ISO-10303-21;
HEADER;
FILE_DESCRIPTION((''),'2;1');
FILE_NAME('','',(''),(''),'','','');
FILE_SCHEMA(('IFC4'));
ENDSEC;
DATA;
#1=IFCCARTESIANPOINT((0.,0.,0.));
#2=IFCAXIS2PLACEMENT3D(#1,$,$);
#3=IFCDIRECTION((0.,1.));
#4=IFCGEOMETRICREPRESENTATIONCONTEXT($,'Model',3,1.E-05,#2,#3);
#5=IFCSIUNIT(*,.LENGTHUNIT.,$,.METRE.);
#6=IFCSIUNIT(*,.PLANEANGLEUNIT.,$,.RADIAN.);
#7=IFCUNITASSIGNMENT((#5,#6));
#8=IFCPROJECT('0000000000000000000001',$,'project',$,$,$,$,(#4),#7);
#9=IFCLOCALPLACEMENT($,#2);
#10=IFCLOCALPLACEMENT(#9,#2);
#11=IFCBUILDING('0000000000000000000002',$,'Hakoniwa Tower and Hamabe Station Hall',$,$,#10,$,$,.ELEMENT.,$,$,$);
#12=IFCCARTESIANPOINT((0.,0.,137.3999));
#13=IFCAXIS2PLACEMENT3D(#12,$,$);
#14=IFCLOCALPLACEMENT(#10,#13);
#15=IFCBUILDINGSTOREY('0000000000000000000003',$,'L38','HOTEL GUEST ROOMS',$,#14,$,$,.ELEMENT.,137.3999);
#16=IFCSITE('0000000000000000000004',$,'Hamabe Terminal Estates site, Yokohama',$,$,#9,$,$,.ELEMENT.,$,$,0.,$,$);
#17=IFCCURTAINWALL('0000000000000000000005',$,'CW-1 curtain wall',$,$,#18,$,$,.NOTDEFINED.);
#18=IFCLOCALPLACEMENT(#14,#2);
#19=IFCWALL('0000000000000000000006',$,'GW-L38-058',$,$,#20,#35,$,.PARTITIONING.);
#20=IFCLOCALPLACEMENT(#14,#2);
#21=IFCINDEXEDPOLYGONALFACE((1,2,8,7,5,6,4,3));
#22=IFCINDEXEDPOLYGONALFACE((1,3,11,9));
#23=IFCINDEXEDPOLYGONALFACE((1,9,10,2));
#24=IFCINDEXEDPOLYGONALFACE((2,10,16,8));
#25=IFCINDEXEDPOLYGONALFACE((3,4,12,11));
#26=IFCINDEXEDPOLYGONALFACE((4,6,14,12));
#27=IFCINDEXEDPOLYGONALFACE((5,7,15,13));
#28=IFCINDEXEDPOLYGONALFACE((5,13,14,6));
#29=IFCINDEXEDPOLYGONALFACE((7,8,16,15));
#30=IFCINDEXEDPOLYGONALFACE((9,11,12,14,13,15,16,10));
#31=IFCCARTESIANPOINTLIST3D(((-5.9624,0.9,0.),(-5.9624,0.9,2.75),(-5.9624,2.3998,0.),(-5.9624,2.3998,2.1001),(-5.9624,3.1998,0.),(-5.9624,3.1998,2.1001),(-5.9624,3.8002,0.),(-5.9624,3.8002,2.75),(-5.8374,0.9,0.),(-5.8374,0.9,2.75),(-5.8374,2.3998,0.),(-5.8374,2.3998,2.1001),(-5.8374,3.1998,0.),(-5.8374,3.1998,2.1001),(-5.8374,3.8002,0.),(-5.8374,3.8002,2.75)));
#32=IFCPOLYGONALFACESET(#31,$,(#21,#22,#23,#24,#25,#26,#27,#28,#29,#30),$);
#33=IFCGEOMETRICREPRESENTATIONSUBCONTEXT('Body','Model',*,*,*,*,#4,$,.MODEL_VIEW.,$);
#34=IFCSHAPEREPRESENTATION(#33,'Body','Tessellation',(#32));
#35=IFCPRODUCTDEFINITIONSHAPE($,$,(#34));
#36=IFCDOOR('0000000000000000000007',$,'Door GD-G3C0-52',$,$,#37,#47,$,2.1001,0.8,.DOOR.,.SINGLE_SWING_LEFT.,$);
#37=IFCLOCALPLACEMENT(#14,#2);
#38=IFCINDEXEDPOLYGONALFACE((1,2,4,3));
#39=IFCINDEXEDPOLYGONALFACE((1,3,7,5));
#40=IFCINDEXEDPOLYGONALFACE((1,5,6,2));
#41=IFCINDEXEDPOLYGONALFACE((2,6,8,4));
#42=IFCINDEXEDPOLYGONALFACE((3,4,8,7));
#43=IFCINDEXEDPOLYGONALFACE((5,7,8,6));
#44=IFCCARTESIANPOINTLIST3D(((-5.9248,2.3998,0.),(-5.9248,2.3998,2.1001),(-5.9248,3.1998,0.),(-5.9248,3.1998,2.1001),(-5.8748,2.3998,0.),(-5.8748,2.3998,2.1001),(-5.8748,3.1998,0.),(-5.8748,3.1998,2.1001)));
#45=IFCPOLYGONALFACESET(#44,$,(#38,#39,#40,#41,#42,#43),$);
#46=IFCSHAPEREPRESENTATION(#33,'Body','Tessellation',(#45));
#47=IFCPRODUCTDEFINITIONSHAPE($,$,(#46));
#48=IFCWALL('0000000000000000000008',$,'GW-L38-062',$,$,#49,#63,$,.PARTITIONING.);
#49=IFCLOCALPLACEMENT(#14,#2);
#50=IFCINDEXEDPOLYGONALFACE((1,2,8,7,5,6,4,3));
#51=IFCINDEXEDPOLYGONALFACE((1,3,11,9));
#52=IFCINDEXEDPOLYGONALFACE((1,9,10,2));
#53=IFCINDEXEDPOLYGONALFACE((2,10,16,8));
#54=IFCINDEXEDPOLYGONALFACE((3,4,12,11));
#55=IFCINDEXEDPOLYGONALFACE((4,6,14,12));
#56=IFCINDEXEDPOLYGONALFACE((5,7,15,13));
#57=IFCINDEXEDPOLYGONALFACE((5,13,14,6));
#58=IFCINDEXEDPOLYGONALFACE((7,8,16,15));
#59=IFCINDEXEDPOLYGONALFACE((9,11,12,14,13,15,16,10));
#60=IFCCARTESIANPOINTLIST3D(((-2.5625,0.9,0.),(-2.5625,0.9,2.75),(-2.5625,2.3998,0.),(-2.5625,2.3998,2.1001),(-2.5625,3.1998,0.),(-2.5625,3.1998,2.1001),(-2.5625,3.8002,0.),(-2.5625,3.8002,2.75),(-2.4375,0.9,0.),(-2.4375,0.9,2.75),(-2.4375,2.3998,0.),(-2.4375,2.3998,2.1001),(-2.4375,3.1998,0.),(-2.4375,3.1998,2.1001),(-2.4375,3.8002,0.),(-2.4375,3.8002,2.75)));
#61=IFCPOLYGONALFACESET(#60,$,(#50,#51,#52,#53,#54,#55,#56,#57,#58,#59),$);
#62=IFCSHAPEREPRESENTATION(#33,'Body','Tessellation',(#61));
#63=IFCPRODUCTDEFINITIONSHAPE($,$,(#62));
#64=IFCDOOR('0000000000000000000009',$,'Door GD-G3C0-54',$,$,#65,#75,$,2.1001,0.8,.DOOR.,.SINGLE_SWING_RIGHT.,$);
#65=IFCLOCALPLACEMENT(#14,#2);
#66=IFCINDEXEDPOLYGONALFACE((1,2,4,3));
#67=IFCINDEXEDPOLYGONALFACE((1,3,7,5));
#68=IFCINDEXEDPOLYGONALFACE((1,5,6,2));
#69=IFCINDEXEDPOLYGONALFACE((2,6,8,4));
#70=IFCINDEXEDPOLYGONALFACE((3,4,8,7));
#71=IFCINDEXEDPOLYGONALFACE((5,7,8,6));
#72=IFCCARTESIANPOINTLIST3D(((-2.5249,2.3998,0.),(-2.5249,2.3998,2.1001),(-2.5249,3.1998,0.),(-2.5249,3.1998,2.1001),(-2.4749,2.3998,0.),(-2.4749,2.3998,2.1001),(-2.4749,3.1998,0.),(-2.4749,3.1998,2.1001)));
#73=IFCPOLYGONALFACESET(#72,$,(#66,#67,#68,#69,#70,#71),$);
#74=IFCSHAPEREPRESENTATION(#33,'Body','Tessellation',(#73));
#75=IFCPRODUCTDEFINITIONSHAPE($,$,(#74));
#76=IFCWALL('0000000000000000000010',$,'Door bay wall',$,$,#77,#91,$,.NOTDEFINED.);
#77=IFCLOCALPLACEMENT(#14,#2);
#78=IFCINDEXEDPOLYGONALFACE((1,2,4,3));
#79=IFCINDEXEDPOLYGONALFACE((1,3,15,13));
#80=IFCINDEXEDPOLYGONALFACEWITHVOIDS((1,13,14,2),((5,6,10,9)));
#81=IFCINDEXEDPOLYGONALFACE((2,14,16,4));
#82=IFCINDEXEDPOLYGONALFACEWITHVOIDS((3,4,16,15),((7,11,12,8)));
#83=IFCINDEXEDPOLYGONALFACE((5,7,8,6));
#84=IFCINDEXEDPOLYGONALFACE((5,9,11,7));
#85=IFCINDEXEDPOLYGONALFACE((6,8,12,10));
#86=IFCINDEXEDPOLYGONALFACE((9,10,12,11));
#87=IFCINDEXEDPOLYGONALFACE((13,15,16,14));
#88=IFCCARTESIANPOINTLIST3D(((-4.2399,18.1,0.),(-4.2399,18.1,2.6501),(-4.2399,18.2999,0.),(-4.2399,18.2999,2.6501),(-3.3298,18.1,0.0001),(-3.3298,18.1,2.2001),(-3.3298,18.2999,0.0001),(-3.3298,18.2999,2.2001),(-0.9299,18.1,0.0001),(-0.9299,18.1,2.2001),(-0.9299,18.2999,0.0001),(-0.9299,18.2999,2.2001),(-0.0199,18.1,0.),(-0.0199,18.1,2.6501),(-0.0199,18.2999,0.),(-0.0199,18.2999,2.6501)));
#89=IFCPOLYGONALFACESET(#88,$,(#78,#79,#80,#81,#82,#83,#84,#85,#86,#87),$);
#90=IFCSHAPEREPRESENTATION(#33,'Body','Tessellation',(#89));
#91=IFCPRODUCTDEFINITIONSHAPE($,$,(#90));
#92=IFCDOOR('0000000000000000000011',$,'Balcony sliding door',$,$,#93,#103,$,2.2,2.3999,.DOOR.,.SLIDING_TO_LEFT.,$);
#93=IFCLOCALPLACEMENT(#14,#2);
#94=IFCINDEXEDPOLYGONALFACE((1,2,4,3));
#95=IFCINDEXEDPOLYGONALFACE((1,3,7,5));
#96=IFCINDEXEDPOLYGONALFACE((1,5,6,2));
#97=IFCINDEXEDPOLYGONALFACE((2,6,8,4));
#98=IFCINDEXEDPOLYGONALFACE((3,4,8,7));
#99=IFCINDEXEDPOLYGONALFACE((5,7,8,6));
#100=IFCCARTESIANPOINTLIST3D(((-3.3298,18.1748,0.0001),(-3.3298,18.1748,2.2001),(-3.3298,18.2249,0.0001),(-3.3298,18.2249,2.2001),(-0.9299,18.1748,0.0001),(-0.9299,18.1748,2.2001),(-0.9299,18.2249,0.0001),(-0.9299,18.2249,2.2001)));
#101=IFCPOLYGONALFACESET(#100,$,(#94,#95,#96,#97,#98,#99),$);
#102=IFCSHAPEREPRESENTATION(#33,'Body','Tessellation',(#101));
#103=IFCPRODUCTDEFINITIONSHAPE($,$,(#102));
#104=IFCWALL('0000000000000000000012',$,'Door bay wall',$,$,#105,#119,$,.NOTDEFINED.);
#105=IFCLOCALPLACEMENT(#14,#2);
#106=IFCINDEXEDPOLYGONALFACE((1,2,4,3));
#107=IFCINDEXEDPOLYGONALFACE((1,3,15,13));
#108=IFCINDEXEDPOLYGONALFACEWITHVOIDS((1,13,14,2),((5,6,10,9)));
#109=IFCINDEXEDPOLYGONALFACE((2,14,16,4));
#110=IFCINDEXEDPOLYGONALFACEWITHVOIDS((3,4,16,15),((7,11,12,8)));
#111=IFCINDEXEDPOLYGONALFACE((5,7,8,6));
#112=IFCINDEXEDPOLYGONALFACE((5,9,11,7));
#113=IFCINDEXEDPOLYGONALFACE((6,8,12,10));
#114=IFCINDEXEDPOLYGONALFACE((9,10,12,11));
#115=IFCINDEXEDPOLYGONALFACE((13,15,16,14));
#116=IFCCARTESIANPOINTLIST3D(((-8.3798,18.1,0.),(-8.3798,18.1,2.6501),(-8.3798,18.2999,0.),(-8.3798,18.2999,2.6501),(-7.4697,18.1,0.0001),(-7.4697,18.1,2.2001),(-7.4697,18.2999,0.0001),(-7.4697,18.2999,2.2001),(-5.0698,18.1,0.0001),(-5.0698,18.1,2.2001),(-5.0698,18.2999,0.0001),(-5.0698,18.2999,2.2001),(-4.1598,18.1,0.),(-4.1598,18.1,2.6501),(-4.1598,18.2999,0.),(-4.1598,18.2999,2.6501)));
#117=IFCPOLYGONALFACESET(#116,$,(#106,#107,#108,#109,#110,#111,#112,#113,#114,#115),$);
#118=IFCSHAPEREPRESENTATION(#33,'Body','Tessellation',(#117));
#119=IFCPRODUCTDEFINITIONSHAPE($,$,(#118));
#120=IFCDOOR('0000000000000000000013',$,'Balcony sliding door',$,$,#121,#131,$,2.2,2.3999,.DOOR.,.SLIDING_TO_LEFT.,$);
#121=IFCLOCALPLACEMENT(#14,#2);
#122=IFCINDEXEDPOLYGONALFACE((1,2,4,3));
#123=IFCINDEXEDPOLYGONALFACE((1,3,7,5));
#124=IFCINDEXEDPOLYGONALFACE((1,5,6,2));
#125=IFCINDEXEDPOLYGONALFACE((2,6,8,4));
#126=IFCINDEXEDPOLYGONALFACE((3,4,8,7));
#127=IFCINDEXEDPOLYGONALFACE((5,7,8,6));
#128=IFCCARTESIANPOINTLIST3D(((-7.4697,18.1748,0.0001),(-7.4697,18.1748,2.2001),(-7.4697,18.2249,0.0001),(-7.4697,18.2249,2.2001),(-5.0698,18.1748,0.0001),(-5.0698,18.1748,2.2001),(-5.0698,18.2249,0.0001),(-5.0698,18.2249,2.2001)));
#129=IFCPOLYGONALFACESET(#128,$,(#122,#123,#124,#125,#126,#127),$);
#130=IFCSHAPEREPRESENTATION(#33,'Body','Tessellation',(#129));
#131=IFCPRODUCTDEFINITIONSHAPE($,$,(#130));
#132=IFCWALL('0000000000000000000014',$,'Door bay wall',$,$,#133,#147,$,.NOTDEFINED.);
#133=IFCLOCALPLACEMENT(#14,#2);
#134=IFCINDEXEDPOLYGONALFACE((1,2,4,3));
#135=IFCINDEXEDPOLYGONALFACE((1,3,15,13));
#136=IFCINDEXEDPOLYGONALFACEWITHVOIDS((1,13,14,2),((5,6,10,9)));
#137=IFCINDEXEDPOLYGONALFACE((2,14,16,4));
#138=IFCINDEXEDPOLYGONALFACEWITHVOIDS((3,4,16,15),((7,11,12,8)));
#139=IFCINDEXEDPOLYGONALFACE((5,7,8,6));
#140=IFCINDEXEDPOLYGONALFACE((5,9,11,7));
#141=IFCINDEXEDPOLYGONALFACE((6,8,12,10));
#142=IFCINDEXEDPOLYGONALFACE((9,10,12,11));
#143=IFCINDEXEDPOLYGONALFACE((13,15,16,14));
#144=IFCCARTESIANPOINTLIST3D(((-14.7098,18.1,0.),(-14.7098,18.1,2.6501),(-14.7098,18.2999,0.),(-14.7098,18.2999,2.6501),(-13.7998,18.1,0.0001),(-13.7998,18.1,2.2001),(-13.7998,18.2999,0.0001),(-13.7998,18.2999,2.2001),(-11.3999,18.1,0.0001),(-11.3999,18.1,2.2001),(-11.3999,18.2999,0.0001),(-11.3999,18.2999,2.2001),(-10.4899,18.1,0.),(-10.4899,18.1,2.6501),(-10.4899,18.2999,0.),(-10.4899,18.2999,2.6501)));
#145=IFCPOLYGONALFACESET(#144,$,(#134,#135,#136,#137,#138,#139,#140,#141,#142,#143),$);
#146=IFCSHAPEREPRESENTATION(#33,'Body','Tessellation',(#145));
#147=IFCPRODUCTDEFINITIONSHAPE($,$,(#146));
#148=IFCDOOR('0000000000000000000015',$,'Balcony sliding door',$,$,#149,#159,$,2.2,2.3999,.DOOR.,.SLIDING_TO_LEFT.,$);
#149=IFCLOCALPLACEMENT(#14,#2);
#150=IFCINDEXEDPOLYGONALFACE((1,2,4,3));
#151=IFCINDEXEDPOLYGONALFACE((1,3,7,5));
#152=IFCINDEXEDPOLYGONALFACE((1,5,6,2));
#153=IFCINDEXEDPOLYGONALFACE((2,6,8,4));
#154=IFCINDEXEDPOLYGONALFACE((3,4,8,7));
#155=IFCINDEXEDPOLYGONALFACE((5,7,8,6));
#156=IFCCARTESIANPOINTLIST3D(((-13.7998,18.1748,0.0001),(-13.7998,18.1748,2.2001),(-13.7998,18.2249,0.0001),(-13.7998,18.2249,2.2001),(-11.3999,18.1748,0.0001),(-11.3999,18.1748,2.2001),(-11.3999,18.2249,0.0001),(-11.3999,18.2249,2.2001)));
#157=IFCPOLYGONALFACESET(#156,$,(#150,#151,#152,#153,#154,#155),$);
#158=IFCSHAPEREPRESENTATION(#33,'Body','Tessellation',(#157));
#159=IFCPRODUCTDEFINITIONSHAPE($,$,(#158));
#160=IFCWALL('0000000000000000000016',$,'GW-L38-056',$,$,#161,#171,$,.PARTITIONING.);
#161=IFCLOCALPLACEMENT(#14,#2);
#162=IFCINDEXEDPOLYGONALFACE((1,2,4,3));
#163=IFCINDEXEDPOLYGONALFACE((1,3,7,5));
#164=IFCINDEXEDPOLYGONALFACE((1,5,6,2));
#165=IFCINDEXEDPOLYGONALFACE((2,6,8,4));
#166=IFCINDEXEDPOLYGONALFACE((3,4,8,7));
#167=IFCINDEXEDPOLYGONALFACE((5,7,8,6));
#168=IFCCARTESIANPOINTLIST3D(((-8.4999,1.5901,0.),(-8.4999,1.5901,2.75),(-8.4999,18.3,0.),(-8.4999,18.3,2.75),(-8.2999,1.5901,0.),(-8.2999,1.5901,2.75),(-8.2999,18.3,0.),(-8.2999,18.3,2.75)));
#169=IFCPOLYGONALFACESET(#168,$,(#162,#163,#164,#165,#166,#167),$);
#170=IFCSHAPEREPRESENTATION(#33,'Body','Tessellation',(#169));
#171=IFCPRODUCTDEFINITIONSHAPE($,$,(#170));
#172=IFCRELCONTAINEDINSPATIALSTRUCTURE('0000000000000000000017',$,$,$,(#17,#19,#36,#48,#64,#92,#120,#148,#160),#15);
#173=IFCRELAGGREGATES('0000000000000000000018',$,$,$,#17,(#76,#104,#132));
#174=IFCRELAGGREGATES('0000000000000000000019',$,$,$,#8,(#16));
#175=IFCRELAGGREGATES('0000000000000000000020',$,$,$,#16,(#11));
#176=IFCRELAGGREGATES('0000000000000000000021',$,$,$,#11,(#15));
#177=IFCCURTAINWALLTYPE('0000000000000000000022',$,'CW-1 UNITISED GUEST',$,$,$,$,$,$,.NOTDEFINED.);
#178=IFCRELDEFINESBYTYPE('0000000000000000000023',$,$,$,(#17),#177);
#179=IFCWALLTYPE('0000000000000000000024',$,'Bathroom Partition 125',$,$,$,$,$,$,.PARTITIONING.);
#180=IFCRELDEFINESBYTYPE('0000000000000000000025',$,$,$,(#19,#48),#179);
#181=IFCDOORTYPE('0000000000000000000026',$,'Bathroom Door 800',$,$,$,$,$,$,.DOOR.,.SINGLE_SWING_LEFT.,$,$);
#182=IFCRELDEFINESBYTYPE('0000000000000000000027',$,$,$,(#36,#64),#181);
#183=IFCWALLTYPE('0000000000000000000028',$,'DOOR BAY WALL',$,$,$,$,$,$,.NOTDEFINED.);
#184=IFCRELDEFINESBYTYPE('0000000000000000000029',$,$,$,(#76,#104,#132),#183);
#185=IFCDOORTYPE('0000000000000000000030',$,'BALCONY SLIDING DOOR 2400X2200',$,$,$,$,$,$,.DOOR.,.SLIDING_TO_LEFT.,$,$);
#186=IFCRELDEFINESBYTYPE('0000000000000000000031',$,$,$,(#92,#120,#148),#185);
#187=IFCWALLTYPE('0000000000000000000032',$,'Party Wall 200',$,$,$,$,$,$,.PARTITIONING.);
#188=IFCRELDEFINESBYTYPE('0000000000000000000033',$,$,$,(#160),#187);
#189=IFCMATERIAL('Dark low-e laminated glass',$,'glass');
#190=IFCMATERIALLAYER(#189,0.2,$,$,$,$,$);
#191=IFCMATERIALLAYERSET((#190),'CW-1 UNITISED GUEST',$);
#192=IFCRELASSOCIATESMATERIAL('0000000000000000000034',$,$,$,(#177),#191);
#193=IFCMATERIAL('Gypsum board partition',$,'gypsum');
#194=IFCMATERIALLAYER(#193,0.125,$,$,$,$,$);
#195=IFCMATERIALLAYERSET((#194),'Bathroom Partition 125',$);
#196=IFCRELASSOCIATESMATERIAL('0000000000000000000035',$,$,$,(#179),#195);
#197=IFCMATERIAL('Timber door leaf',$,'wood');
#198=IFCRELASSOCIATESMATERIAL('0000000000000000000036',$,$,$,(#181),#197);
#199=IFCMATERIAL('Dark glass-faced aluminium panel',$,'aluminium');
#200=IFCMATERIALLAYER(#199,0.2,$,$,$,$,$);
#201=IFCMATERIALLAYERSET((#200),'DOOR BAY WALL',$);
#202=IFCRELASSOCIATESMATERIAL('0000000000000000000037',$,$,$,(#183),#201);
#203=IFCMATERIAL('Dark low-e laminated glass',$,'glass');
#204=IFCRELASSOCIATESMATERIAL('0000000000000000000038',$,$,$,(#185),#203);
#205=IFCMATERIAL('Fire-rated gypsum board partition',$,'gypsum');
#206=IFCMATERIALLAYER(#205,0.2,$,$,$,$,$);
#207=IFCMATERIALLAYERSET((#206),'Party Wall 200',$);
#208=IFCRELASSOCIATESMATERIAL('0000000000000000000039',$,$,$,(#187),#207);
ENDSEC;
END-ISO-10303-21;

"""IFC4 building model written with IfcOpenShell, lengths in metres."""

from ifc_helpers import new_model, si_unit, direction, frame, frame_2d, origin, place, context, subcontext, project, spatial, rectangle, extrude, material, layer, layer_set, type_object, element, fill, aggregate, save


model = new_model("IFC4")

# Units and contexts
model_context = context("Model", 3, precision=1e-05, world=origin(), true_north=direction((0.0, 1.0)))
body_context = subcontext(model_context, "Body", "Model", "MODEL_VIEW")
ifc_project = project(units=[si_unit("LENGTHUNIT", "METRE"), si_unit("PLANEANGLEUNIT", "RADIAN")], contexts=[model_context])

# Site, building, storey
site_placement = place(None, origin())
site = spatial("IfcSite", under=ifc_project, at=site_placement, Name="Hamabe Terminal Estates site, Yokohama", CompositionType="ELEMENT", RefElevation=0.0)
building_placement = place(site_placement, origin())
building = spatial("IfcBuilding", under=site, at=building_placement, Name="Hakoniwa Tower and Hamabe Station Hall", CompositionType="ELEMENT")
storey_placement = place(building_placement, frame((0.0, 0.0, 137.3999)))
storey = spatial("IfcBuildingStorey", under=building, at=storey_placement, Name="L38", Description="HOTEL GUEST ROOMS", CompositionType="ELEMENT", Elevation=137.3999)

# Curtain wall
ifc_material_1 = material(Name="Dark low-e laminated glass", Category="glass")
ifc_layer_1 = layer(ifc_material_1, 0.2)
ifc_layer_set_1 = layer_set([ifc_layer_1], Name="CW-1 UNITISED GUEST")
curtain_wall_type = type_object("IfcCurtainWallType", Name="CW-1 UNITISED GUEST", PredefinedType="NOTDEFINED", material=ifc_layer_set_1)
curtain_wall_1_placement = place(storey_placement, origin())
curtain_wall_1 = element("IfcCurtainWall", 1, at=curtain_wall_1_placement, inside=storey, type_object=curtain_wall_type, Name="CW-1 curtain wall", PredefinedType="NOTDEFINED")

# Shared definitions
ifc_material_2 = material(Name="Gypsum board partition", Category="gypsum")
ifc_layer_2 = layer(ifc_material_2, 0.125)
ifc_layer_set_2 = layer_set([ifc_layer_2], Name="Bathroom Partition 125")
wall_type_1 = type_object("IfcWallType", Name="Bathroom Partition 125", PredefinedType="PARTITIONING", material=ifc_layer_set_2)

# Walls, openings, doors
wall_1_placement = place(storey_placement, frame((-5.8999, 0.8999, 0.0), z_axis=(0.0, 0.0, 1.0), x_axis=(0.0, 1.0, 0.0)))
wall_1 = element("IfcWall", 2, at=wall_1_placement, inside=storey, type_object=wall_type_1, Name="GW-L38-058", PredefinedType="PARTITIONING", context=body_context, shape_type="SweptSolid", body=[
    extrude(rectangle(XDim=2.9001, YDim=0.125, at=frame_2d((1.4502, 0.0))), origin(), (0.0, 0.0, 1.0), 2.75),
])
opening_1_placement = place(wall_1_placement, frame((1.5, 0.0, 0.0)))
opening_1 = element("IfcOpeningElement", 3, at=opening_1_placement, cuts=wall_1, PredefinedType="OPENING", context=body_context, shape_type="SweptSolid", body=[
    extrude(rectangle(XDim=0.8, YDim=2.1001, at=frame_2d((0.3999, 1.05))), frame((0.0, 0.0725, 0.0), z_axis=(0.0, -1.0, 0.0), x_axis=(1.0, 0.0, 0.0)), (0.0, 0.0, 1.0), 0.145),
])
ifc_material_3 = material(Name="Timber door leaf", Category="wood")
door_type_1 = type_object("IfcDoorType", Name="Bathroom Door 800", OperationType="SINGLE_SWING_LEFT", PredefinedType="DOOR", material=ifc_material_3)
door_1_placement = place(opening_1_placement, origin())
door_1 = element("IfcDoor", 4, at=door_1_placement, inside=storey, type_object=door_type_1, Name="Door GD-G3C0-52", OperationType="SINGLE_SWING_LEFT", OverallHeight=2.1001, OverallWidth=0.8, PredefinedType="DOOR", context=body_context, shape_type="SweptSolid", body=[
    extrude(rectangle(XDim=0.8, YDim=2.1001, at=frame_2d((0.3999, 1.05))), frame((0.0, 0.0249, 0.0), z_axis=(0.0, -1.0, 0.0), x_axis=(1.0, 0.0, 0.0)), (0.0, 0.0, 1.0), 0.05),
])
fill(opening_1, door_1)
wall_2_placement = place(storey_placement, frame((-2.5, 0.8999, 0.0), z_axis=(0.0, 0.0, 1.0), x_axis=(0.0, 1.0, 0.0)))
wall_2 = element("IfcWall", 5, at=wall_2_placement, inside=storey, type_object=wall_type_1, Name="GW-L38-062", PredefinedType="PARTITIONING", context=body_context, shape_type="SweptSolid", body=[
    extrude(rectangle(XDim=2.9001, YDim=0.125, at=frame_2d((1.4502, 0.0))), origin(), (0.0, 0.0, 1.0), 2.75),
])
opening_2_placement = place(wall_2_placement, frame((1.5, 0.0, 0.0)))
opening_2 = element("IfcOpeningElement", 6, at=opening_2_placement, cuts=wall_2, PredefinedType="OPENING", context=body_context, shape_type="SweptSolid", body=[
    extrude(rectangle(XDim=0.8, YDim=2.1001, at=frame_2d((0.3999, 1.05))), frame((0.0, 0.0725, 0.0), z_axis=(0.0, -1.0, 0.0), x_axis=(1.0, 0.0, 0.0)), (0.0, 0.0, 1.0), 0.145),
])
door_2_placement = place(opening_2_placement, origin())
door_2 = element("IfcDoor", 7, at=door_2_placement, inside=storey, type_object=door_type_1, Name="Door GD-G3C0-54", OperationType="SINGLE_SWING_RIGHT", OverallHeight=2.1001, OverallWidth=0.8, PredefinedType="DOOR", context=body_context, shape_type="SweptSolid", body=[
    extrude(rectangle(XDim=0.8, YDim=2.1001, at=frame_2d((0.3999, 1.05))), frame((0.0, 0.0249, 0.0), z_axis=(0.0, -1.0, 0.0), x_axis=(1.0, 0.0, 0.0)), (0.0, 0.0, 1.0), 0.05),
])
fill(opening_2, door_2)
ifc_material_4 = material(Name="Dark glass-faced aluminium panel", Category="aluminium")
ifc_layer_3 = layer(ifc_material_4, 0.2)
ifc_layer_set_3 = layer_set([ifc_layer_3], Name="DOOR BAY WALL")
wall_type_2 = type_object("IfcWallType", Name="DOOR BAY WALL", PredefinedType="NOTDEFINED", material=ifc_layer_set_3)
wall_3_placement = place(storey_placement, frame((-0.02, 18.2, 0.0), z_axis=(0.0, 0.0, 1.0), x_axis=(-1.0, 0.0, 0.0)))
wall_3 = element("IfcWall", 8, at=wall_3_placement, type_object=wall_type_2, Name="Door bay wall", PredefinedType="NOTDEFINED", context=body_context, shape_type="SweptSolid", body=[
    extrude(rectangle(XDim=4.22, YDim=0.2, at=frame_2d((2.1099, 0.0))), origin(), (0.0, 0.0, 1.0), 2.6501),
])
opening_3_placement = place(wall_3_placement, frame((0.9099, 0.0, 0.0)))
opening_3 = element("IfcOpeningElement", 9, at=opening_3_placement, cuts=wall_3, PredefinedType="OPENING", context=body_context, shape_type="SweptSolid", body=[
    extrude(rectangle(XDim=2.3999, YDim=2.2, at=frame_2d((1.2, 1.1001))), frame((0.0, 0.1099, 0.0), z_axis=(0.0, -1.0, 0.0), x_axis=(1.0, 0.0, 0.0)), (0.0, 0.0, 1.0), 0.22),
])
ifc_material_5 = material(Name="Dark low-e laminated glass", Category="glass")
door_type_2 = type_object("IfcDoorType", Name="BALCONY SLIDING DOOR 2400X2200", OperationType="SLIDING_TO_LEFT", PredefinedType="DOOR", material=ifc_material_5)
door_3_placement = place(opening_3_placement, frame((2.3999, 0.0, 0.0), z_axis=(0.0, 0.0, 1.0), x_axis=(-1.0, 0.0, 0.0)))
door_3 = element("IfcDoor", 10, at=door_3_placement, inside=storey, type_object=door_type_2, Name="Balcony sliding door", OperationType="SLIDING_TO_LEFT", OverallHeight=2.2, OverallWidth=2.3999, PredefinedType="DOOR", context=body_context, shape_type="SweptSolid", body=[
    extrude(rectangle(XDim=2.3999, YDim=2.2, at=frame_2d((1.2, 1.1001))), frame((0.0, 0.0249, 0.0), z_axis=(0.0, -1.0, 0.0), x_axis=(1.0, 0.0, 0.0)), (0.0, 0.0, 1.0), 0.05),
])
fill(opening_3, door_3)
wall_4_placement = place(storey_placement, frame((-4.1599, 18.2, 0.0), z_axis=(0.0, 0.0, 1.0), x_axis=(-1.0, 0.0, 0.0)))
wall_4 = element("IfcWall", 11, at=wall_4_placement, type_object=wall_type_2, Name="Door bay wall", PredefinedType="NOTDEFINED", context=body_context, shape_type="SweptSolid", body=[
    extrude(rectangle(XDim=4.22, YDim=0.2, at=frame_2d((2.1099, 0.0))), origin(), (0.0, 0.0, 1.0), 2.6501),
])
opening_4_placement = place(wall_4_placement, frame((0.9099, 0.0, 0.0)))
opening_4 = element("IfcOpeningElement", 12, at=opening_4_placement, cuts=wall_4, PredefinedType="OPENING", context=body_context, shape_type="SweptSolid", body=[
    extrude(rectangle(XDim=2.3999, YDim=2.2, at=frame_2d((1.2, 1.1001))), frame((0.0, 0.1099, 0.0), z_axis=(0.0, -1.0, 0.0), x_axis=(1.0, 0.0, 0.0)), (0.0, 0.0, 1.0), 0.22),
])
door_4_placement = place(opening_4_placement, frame((2.3999, 0.0, 0.0), z_axis=(0.0, 0.0, 1.0), x_axis=(-1.0, 0.0, 0.0)))
door_4 = element("IfcDoor", 13, at=door_4_placement, inside=storey, type_object=door_type_2, Name="Balcony sliding door", OperationType="SLIDING_TO_LEFT", OverallHeight=2.2, OverallWidth=2.3999, PredefinedType="DOOR", context=body_context, shape_type="SweptSolid", body=[
    extrude(rectangle(XDim=2.3999, YDim=2.2, at=frame_2d((1.2, 1.1001))), frame((0.0, 0.0249, 0.0), z_axis=(0.0, -1.0, 0.0), x_axis=(1.0, 0.0, 0.0)), (0.0, 0.0, 1.0), 0.05),
])
fill(opening_4, door_4)
wall_5_placement = place(storey_placement, frame((-10.49, 18.2, 0.0), z_axis=(0.0, 0.0, 1.0), x_axis=(-1.0, 0.0, 0.0)))
wall_5 = element("IfcWall", 14, at=wall_5_placement, type_object=wall_type_2, Name="Door bay wall", PredefinedType="NOTDEFINED", context=body_context, shape_type="SweptSolid", body=[
    extrude(rectangle(XDim=4.22, YDim=0.2, at=frame_2d((2.1099, 0.0))), origin(), (0.0, 0.0, 1.0), 2.6501),
])
opening_5_placement = place(wall_5_placement, frame((0.9099, 0.0, 0.0)))
opening_5 = element("IfcOpeningElement", 15, at=opening_5_placement, cuts=wall_5, PredefinedType="OPENING", context=body_context, shape_type="SweptSolid", body=[
    extrude(rectangle(XDim=2.3999, YDim=2.2, at=frame_2d((1.2, 1.1001))), frame((0.0, 0.1099, 0.0), z_axis=(0.0, -1.0, 0.0), x_axis=(1.0, 0.0, 0.0)), (0.0, 0.0, 1.0), 0.22),
])
door_5_placement = place(opening_5_placement, frame((2.3999, 0.0, 0.0), z_axis=(0.0, 0.0, 1.0), x_axis=(-1.0, 0.0, 0.0)))
door_5 = element("IfcDoor", 16, at=door_5_placement, inside=storey, type_object=door_type_2, Name="Balcony sliding door", OperationType="SLIDING_TO_LEFT", OverallHeight=2.2, OverallWidth=2.3999, PredefinedType="DOOR", context=body_context, shape_type="SweptSolid", body=[
    extrude(rectangle(XDim=2.3999, YDim=2.2, at=frame_2d((1.2, 1.1001))), frame((0.0, 0.0249, 0.0), z_axis=(0.0, -1.0, 0.0), x_axis=(1.0, 0.0, 0.0)), (0.0, 0.0, 1.0), 0.05),
])
fill(opening_5, door_5)
aggregate(curtain_wall_1, [wall_3, wall_4, wall_5])

# Wall
ifc_material_6 = material(Name="Fire-rated gypsum board partition", Category="gypsum")
ifc_layer_4 = layer(ifc_material_6, 0.2)
ifc_layer_set_4 = layer_set([ifc_layer_4], Name="Party Wall 200")
wall_type_3 = type_object("IfcWallType", Name="Party Wall 200", PredefinedType="PARTITIONING", material=ifc_layer_set_4)
wall_6_placement = place(storey_placement, frame((-8.3999, 1.5901, 0.0), z_axis=(0.0, 0.0, 1.0), x_axis=(0.0, 1.0, 0.0)))
element("IfcWall", 17, at=wall_6_placement, inside=storey, type_object=wall_type_3, Name="GW-L38-056", PredefinedType="PARTITIONING", context=body_context, shape_type="SweptSolid", body=[
    extrude(rectangle(XDim=16.71, YDim=0.2, at=frame_2d((8.355, 0.0))), origin(), (0.0, 0.0, 1.0), 2.75),
])

save(model, "model.ifc")
